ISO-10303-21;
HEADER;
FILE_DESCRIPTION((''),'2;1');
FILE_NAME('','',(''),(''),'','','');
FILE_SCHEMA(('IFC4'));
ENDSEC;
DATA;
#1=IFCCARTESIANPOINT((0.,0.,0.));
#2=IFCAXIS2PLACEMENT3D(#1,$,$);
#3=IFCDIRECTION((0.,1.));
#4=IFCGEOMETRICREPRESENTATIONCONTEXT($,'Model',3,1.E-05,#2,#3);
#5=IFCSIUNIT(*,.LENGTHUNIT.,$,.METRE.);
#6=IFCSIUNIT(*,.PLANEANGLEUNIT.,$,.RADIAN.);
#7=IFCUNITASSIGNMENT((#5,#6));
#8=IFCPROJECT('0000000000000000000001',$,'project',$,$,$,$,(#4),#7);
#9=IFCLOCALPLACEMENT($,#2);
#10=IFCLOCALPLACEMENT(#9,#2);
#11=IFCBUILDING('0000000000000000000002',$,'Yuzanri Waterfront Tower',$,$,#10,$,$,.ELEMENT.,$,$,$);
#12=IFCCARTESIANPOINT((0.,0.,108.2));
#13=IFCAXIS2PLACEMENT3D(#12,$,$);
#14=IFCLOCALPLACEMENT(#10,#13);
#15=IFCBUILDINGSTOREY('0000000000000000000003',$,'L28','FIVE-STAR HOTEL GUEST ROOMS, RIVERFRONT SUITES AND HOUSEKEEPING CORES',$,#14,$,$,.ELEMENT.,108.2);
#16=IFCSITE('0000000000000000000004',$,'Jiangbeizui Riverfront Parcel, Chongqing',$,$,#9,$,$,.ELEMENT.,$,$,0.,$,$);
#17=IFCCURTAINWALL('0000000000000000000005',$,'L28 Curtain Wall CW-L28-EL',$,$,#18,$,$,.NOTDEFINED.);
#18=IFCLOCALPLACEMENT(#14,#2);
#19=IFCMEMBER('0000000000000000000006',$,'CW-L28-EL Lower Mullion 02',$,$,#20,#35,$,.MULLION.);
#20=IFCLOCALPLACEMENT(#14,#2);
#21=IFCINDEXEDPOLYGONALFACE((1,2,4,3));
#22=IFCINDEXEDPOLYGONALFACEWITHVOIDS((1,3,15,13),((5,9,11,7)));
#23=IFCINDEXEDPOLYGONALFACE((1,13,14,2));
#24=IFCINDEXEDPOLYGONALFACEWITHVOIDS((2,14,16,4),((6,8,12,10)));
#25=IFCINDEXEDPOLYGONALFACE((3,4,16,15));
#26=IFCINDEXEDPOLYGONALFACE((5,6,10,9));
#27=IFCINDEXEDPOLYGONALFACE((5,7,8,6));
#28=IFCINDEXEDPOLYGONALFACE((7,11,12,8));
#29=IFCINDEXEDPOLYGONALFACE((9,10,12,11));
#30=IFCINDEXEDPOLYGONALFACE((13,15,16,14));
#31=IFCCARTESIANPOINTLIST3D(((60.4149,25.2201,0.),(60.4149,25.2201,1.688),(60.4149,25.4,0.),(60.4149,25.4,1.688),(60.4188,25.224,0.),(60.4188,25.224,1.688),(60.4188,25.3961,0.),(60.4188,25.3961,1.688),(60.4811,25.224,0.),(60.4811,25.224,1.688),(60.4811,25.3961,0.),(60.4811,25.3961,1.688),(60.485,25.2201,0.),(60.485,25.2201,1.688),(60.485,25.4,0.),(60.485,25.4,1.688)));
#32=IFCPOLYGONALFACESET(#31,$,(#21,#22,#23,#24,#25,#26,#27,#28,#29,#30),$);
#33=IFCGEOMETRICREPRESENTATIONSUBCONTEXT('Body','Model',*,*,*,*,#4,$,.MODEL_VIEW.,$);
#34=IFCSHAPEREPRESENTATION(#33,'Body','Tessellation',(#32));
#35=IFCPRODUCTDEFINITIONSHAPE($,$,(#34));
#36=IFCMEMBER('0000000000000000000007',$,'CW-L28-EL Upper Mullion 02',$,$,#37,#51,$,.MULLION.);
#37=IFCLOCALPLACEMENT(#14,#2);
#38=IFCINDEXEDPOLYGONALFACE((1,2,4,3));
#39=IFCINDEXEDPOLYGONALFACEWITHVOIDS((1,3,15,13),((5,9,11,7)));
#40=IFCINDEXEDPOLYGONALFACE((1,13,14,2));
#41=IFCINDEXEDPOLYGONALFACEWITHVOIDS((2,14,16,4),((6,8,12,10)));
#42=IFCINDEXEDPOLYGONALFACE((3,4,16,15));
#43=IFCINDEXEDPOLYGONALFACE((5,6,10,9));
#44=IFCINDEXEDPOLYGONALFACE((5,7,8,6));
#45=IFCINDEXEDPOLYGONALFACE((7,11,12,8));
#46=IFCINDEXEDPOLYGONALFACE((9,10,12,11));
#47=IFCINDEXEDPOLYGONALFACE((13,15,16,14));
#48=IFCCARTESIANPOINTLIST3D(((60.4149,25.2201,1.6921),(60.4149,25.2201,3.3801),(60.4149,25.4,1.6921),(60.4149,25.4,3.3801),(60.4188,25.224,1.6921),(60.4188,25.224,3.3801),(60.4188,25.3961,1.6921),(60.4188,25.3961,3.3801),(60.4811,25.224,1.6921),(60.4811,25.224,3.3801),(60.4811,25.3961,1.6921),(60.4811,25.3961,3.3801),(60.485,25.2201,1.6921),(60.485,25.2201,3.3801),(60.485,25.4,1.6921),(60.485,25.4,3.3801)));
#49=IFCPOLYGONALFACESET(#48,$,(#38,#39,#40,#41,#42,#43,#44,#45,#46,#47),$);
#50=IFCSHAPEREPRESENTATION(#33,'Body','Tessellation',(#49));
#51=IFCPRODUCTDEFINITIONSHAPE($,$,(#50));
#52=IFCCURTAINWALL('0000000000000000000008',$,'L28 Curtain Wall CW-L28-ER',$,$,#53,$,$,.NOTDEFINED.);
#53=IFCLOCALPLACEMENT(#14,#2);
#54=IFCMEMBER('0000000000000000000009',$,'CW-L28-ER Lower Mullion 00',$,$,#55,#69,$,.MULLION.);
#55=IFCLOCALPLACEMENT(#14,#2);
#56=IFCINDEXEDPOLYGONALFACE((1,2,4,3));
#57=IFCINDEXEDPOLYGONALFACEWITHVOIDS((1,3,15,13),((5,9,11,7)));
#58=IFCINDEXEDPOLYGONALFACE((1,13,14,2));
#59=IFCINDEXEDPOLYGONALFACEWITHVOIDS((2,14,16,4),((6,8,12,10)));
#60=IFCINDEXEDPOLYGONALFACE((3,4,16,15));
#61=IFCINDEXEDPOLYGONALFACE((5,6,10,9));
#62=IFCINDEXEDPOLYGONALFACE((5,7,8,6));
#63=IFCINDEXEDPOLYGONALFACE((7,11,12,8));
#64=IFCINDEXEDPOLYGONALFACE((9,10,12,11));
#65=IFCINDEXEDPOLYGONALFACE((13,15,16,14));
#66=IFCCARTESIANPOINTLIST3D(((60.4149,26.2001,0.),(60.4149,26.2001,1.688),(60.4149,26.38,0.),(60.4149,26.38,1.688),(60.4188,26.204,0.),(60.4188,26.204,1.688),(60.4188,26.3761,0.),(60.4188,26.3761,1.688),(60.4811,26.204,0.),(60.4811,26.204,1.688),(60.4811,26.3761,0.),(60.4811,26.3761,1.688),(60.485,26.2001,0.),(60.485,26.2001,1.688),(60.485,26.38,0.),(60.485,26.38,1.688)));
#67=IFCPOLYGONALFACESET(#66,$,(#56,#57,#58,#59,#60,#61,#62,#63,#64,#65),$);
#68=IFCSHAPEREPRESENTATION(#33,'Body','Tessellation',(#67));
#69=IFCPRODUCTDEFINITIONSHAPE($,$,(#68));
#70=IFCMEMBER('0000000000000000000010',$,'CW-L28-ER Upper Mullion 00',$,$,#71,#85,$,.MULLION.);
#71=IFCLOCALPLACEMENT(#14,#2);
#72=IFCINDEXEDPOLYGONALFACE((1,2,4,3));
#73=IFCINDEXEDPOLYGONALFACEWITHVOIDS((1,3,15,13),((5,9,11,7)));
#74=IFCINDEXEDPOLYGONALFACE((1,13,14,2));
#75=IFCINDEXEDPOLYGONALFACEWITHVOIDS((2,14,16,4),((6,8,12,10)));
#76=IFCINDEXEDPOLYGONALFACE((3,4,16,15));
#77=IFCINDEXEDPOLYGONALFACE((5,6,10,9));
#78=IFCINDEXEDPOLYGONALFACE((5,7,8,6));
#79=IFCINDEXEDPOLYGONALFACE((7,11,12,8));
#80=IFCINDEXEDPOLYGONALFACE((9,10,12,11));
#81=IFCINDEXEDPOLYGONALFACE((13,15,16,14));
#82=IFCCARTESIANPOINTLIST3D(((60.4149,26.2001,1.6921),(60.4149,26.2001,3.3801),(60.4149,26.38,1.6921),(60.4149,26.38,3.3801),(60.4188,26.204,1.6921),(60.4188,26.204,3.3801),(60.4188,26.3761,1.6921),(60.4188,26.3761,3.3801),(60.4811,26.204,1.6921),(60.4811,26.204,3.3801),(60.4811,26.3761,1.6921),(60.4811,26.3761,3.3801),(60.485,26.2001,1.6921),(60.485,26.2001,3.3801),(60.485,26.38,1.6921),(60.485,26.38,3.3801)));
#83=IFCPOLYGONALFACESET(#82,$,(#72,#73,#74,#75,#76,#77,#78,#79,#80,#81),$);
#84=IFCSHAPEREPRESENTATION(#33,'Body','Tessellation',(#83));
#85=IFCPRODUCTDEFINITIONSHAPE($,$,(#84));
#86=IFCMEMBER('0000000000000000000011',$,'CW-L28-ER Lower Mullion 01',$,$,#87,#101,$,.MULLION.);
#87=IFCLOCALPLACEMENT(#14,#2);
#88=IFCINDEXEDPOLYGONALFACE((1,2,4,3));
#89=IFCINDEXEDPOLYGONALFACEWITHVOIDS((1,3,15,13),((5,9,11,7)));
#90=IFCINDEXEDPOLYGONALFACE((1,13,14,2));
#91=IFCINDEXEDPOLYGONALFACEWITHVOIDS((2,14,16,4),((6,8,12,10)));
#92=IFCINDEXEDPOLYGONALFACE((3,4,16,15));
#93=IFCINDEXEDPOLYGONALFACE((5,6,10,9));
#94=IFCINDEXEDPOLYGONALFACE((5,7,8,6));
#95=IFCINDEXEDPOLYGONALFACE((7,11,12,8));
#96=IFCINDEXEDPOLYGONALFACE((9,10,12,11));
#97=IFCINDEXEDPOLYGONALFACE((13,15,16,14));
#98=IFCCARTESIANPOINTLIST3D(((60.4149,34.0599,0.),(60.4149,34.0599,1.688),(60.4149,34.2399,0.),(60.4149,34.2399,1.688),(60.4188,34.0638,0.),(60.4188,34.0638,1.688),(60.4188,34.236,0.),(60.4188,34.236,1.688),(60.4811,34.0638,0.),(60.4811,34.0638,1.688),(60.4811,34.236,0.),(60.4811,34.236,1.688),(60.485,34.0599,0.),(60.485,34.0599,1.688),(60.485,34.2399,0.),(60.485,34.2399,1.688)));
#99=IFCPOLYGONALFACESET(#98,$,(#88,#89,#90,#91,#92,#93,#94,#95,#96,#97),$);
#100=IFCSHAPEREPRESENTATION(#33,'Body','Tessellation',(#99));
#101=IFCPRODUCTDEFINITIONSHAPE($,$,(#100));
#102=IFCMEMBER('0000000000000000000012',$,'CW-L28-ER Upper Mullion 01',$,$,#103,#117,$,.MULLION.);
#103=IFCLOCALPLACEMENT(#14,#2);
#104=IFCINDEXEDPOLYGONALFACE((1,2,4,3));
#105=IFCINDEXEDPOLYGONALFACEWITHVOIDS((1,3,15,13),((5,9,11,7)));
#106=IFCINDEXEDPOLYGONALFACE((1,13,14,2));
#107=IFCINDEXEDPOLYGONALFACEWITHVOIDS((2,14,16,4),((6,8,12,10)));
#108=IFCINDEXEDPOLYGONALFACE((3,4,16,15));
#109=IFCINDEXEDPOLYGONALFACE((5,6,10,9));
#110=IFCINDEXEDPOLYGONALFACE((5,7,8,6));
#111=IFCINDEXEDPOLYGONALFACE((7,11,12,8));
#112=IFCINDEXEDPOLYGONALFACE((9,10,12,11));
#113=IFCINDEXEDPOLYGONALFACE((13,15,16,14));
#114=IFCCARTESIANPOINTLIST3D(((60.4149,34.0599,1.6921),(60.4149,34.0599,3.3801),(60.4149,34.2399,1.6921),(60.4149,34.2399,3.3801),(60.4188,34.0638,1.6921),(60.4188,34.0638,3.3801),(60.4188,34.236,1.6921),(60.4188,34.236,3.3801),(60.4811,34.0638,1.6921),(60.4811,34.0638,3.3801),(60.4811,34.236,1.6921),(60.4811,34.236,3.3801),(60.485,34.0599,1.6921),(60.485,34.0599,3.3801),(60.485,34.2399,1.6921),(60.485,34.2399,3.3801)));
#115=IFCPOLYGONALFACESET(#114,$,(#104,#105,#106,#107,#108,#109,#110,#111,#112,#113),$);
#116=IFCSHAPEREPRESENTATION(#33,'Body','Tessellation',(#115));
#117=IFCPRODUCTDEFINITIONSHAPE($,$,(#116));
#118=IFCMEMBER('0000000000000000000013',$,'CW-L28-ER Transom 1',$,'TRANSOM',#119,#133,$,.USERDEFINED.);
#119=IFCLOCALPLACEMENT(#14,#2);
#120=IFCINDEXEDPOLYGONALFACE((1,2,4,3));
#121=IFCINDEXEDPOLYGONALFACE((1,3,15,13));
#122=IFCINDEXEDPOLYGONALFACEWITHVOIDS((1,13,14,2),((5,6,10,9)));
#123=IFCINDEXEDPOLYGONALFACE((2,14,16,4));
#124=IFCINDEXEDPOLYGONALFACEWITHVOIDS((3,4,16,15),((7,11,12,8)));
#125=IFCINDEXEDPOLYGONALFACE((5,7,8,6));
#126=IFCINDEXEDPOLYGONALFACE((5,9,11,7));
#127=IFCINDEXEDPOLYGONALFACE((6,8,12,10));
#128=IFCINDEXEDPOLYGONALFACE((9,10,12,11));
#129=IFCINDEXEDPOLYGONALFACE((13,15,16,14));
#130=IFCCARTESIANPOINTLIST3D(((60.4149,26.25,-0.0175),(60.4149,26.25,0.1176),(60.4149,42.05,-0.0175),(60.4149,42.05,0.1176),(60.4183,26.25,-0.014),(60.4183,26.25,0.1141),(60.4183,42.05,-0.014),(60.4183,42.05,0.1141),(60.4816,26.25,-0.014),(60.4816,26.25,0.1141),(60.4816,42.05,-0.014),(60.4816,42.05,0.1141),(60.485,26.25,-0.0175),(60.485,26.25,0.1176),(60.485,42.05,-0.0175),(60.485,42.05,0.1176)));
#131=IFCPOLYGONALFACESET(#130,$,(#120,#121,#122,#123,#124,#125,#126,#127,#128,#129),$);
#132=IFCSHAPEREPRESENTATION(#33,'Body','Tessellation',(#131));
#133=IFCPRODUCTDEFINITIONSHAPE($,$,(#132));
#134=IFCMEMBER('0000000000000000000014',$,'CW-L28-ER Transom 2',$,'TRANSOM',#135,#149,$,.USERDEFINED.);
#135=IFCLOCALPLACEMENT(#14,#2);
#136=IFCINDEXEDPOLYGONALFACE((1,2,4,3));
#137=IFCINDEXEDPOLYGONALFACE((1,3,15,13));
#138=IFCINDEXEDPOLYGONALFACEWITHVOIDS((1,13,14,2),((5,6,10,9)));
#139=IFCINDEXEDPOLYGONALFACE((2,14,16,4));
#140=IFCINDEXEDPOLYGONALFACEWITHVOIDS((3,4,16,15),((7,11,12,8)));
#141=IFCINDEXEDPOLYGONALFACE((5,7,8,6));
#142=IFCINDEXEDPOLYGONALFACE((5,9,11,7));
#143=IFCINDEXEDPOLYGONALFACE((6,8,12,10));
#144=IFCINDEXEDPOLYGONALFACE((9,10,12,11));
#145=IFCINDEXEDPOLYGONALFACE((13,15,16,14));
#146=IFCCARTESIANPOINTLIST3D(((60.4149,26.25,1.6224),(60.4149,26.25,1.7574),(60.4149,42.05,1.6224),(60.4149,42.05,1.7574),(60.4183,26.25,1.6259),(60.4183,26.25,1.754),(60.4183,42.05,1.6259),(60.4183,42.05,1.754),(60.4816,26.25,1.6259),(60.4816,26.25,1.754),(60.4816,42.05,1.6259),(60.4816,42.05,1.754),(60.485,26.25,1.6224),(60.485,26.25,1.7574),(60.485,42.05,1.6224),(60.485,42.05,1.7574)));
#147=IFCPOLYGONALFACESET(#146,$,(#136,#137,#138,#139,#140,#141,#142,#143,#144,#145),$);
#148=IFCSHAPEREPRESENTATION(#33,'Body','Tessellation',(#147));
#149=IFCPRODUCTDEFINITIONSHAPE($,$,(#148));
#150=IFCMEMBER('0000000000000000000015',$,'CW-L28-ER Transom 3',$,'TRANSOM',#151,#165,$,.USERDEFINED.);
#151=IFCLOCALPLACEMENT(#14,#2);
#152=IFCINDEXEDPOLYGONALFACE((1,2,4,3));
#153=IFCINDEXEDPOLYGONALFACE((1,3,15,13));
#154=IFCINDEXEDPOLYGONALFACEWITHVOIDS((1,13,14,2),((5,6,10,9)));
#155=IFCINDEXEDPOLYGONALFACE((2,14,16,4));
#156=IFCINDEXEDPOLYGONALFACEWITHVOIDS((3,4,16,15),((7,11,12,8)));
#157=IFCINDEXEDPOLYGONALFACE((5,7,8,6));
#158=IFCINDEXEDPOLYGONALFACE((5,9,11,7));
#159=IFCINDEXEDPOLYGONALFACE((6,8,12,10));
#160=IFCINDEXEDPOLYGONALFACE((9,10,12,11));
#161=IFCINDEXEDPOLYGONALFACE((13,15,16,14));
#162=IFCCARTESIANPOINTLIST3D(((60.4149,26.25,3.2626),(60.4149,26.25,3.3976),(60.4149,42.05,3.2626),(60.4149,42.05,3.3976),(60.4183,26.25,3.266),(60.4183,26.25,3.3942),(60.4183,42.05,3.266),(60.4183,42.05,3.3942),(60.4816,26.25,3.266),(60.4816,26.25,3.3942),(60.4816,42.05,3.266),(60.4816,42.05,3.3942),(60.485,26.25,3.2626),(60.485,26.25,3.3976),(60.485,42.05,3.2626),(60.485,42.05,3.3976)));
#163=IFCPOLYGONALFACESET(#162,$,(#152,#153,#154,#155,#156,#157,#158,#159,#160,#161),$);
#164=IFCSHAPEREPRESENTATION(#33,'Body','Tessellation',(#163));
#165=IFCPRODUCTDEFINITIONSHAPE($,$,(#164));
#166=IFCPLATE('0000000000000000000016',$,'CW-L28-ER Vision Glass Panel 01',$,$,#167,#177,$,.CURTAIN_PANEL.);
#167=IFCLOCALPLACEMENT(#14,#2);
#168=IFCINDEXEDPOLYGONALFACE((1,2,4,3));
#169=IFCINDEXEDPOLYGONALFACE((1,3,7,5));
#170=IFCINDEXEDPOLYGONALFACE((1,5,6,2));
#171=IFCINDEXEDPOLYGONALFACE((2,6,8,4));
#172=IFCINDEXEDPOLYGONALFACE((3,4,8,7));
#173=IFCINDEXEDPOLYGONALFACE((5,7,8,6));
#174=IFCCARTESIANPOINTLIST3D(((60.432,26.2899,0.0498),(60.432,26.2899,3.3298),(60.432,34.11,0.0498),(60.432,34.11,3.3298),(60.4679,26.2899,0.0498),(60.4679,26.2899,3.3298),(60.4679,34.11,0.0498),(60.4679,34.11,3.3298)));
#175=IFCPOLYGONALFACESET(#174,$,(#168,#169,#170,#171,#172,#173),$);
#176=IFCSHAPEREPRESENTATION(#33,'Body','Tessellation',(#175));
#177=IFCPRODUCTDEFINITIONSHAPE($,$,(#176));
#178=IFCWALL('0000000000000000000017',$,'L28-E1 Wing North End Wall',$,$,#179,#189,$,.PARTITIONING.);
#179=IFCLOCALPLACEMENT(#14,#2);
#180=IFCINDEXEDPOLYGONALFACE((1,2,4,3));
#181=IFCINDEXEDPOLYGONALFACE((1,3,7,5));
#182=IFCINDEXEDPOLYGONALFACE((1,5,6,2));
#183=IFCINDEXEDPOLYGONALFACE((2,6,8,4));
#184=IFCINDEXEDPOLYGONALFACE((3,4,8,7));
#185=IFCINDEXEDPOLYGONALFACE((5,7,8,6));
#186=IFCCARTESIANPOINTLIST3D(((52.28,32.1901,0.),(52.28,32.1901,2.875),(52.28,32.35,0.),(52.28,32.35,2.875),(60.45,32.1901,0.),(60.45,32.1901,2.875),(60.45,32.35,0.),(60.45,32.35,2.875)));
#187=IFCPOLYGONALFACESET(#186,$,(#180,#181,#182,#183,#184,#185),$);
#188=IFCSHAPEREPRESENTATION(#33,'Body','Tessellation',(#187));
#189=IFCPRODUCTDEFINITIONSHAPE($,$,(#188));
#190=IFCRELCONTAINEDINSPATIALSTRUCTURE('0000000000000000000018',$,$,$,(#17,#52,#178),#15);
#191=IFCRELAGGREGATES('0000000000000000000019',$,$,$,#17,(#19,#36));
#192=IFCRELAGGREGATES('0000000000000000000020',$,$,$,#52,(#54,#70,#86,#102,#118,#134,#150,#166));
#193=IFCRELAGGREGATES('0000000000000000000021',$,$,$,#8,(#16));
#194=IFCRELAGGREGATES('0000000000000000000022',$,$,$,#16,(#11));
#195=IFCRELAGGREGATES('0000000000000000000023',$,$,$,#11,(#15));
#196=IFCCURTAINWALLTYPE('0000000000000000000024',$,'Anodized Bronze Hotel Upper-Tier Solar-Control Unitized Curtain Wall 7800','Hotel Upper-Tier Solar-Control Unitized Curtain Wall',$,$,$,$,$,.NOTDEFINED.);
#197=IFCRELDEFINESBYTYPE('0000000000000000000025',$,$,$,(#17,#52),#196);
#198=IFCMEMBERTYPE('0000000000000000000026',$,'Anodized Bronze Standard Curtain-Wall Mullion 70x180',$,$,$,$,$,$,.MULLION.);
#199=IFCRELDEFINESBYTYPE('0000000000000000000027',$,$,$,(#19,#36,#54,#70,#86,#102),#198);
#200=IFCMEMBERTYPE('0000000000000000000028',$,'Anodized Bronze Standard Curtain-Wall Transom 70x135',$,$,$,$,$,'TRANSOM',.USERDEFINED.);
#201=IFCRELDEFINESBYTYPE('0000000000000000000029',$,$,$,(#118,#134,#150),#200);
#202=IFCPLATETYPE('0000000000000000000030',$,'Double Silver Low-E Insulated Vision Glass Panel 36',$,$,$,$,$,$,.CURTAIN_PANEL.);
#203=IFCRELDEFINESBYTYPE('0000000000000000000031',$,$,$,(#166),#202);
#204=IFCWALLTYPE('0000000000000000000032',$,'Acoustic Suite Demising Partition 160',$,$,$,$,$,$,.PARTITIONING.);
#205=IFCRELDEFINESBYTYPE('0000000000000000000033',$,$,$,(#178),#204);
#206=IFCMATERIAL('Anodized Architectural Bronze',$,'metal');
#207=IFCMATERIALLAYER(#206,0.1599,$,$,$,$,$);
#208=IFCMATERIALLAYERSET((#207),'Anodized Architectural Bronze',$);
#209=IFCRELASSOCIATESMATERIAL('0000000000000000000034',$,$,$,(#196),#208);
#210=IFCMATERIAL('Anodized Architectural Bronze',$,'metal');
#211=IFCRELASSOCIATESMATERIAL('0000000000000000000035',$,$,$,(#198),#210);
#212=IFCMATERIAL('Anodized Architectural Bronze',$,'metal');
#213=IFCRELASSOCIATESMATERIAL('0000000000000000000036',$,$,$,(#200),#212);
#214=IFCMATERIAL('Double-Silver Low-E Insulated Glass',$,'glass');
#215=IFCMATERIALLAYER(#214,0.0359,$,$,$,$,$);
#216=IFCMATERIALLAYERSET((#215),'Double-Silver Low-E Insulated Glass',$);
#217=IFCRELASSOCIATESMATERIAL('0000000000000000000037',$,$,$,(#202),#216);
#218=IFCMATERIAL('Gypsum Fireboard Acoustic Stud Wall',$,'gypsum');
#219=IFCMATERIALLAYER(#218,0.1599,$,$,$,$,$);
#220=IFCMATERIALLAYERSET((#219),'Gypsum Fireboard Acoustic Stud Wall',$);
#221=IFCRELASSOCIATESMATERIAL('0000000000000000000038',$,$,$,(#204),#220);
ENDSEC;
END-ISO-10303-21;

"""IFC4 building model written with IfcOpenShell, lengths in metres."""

from ifc_helpers import new_model, si_unit, direction, frame, frame_2d, origin, origin_2d, place, context, subcontext, project, spatial, rectangle, hollow_rectangle, extrude, source, transform, mapped, material, layer, layer_set, material_profile, profile_set, type_object, element, aggregate, save


model = new_model("IFC4")

# Units and contexts
model_context = context("Model", 3, precision=1e-05, world=origin(), true_north=direction((0.0, 1.0)))
body_context = subcontext(model_context, "Body", "Model", "MODEL_VIEW")
ifc_project = project(units=[si_unit("LENGTHUNIT", "METRE"), si_unit("PLANEANGLEUNIT", "RADIAN")], contexts=[model_context])

# Site, building, storey
site_placement = place(None, origin())
site = spatial("IfcSite", under=ifc_project, at=site_placement, Name="Jiangbeizui Riverfront Parcel, Chongqing", CompositionType="ELEMENT", RefElevation=0.0)
building_placement = place(site_placement, origin())
building = spatial("IfcBuilding", under=site, at=building_placement, Name="Yuzanri Waterfront Tower", CompositionType="ELEMENT")
storey_placement = place(building_placement, frame((0.0, 0.0, 108.2)))
storey = spatial("IfcBuildingStorey", under=building, at=storey_placement, Name="L28", Description="FIVE-STAR HOTEL GUEST ROOMS, RIVERFRONT SUITES AND HOUSEKEEPING CORES", CompositionType="ELEMENT", Elevation=108.2)

# Curtain wall, members
ifc_material_1 = material(Name="Anodized Architectural Bronze", Category="metal")
ifc_layer_1 = layer(ifc_material_1, 0.1599)
ifc_layer_set_1 = layer_set([ifc_layer_1], Name="Anodized Architectural Bronze")
curtain_wall_type = type_object("IfcCurtainWallType", Name="Anodized Bronze Hotel Upper-Tier Solar-Control Unitized Curtain Wall 7800", Description="Hotel Upper-Tier Solar-Control Unitized Curtain Wall", PredefinedType="NOTDEFINED", material=ifc_layer_set_1)
curtain_wall_1_placement = place(storey_placement, origin())
curtain_wall_1 = element("IfcCurtainWall", 1, at=curtain_wall_1_placement, inside=storey, type_object=curtain_wall_type, Name="L28 Curtain Wall CW-L28-EL", PredefinedType="NOTDEFINED")
ifc_material_2 = material(Name="Anodized Architectural Bronze", Category="metal")
ifc_material_profile_1 = material_profile(ifc_material_2, hollow_rectangle(XDim=0.0701, YDim=0.1799, WallThickness=0.0039, at=origin_2d()), Name="CWM 70x180")
ifc_profile_set_1 = profile_set([ifc_material_profile_1], Name="Anodized Architectural Bronze")
member_type_1 = type_object("IfcMemberType", Name="Anodized Bronze Standard Curtain-Wall Mullion 70x180", PredefinedType="MULLION", material=ifc_profile_set_1)
shared_shape_1 = source(origin(), body_context, "Body", "SweptSolid", [
    extrude(hollow_rectangle(XDim=0.0701, YDim=0.1799, WallThickness=0.0039, at=origin_2d()), origin(), (0.0, 0.0, 1.0), 1.688),
])
member_1_placement = place(storey_placement, frame((60.45, 25.3101, 0.0), z_axis=(0.0, 0.0, 1.0), x_axis=(1.0, 0.0, 0.0)))
member_1 = element("IfcMember", 2, at=member_1_placement, type_object=member_type_1, Name="CW-L28-EL Lower Mullion 02", PredefinedType="MULLION", context=body_context, shape_type="MappedRepresentation", body=[
    mapped(shared_shape_1, transform((0.0, 0.0, 0.0), scale=1.0)),
])
member_2_placement = place(storey_placement, frame((60.45, 25.3101, 1.6921), z_axis=(0.0, 0.0, 1.0), x_axis=(1.0, 0.0, 0.0)))
member_2 = element("IfcMember", 3, at=member_2_placement, type_object=member_type_1, Name="CW-L28-EL Upper Mullion 02", PredefinedType="MULLION", context=body_context, shape_type="MappedRepresentation", body=[
    mapped(shared_shape_1, transform((0.0, 0.0, 0.0), scale=1.0)),
])
aggregate(curtain_wall_1, [member_1, member_2])

# Curtain wall, members, plate
curtain_wall_2_placement = place(storey_placement, origin())
curtain_wall_2 = element("IfcCurtainWall", 4, at=curtain_wall_2_placement, inside=storey, type_object=curtain_wall_type, Name="L28 Curtain Wall CW-L28-ER", PredefinedType="NOTDEFINED")
member_3_placement = place(storey_placement, frame((60.45, 26.29, 0.0), z_axis=(0.0, 0.0, 1.0), x_axis=(1.0, 0.0, 0.0)))
member_3 = element("IfcMember", 5, at=member_3_placement, type_object=member_type_1, Name="CW-L28-ER Lower Mullion 00", PredefinedType="MULLION", context=body_context, shape_type="MappedRepresentation", body=[
    mapped(shared_shape_1, transform((0.0, 0.0, 0.0), scale=1.0)),
])
member_4_placement = place(storey_placement, frame((60.45, 26.29, 1.6921), z_axis=(0.0, 0.0, 1.0), x_axis=(1.0, 0.0, 0.0)))
member_4 = element("IfcMember", 6, at=member_4_placement, type_object=member_type_1, Name="CW-L28-ER Upper Mullion 00", PredefinedType="MULLION", context=body_context, shape_type="MappedRepresentation", body=[
    mapped(shared_shape_1, transform((0.0, 0.0, 0.0), scale=1.0)),
])
member_5_placement = place(storey_placement, frame((60.45, 34.1499, 0.0), z_axis=(0.0, 0.0, 1.0), x_axis=(1.0, 0.0, 0.0)))
member_5 = element("IfcMember", 7, at=member_5_placement, type_object=member_type_1, Name="CW-L28-ER Lower Mullion 01", PredefinedType="MULLION", context=body_context, shape_type="MappedRepresentation", body=[
    mapped(shared_shape_1, transform((0.0, 0.0, 0.0), scale=1.0)),
])
member_6_placement = place(storey_placement, frame((60.45, 34.1499, 1.6921), z_axis=(0.0, 0.0, 1.0), x_axis=(1.0, 0.0, 0.0)))
member_6 = element("IfcMember", 8, at=member_6_placement, type_object=member_type_1, Name="CW-L28-ER Upper Mullion 01", PredefinedType="MULLION", context=body_context, shape_type="MappedRepresentation", body=[
    mapped(shared_shape_1, transform((0.0, 0.0, 0.0), scale=1.0)),
])
ifc_material_3 = material(Name="Anodized Architectural Bronze", Category="metal")
ifc_material_profile_2 = material_profile(ifc_material_3, hollow_rectangle(XDim=0.0701, YDim=0.135, WallThickness=0.0034, at=origin_2d()), Name="CWT 70x135")
ifc_profile_set_2 = profile_set([ifc_material_profile_2], Name="Anodized Architectural Bronze")
member_type_2 = type_object("IfcMemberType", Name="Anodized Bronze Standard Curtain-Wall Transom 70x135", ElementType="TRANSOM", PredefinedType="USERDEFINED", material=ifc_profile_set_2)
shared_shape_2 = source(origin(), body_context, "Body", "SweptSolid", [
    extrude(hollow_rectangle(XDim=0.0701, YDim=0.135, WallThickness=0.0034, at=origin_2d()), origin(), (0.0, 0.0, 1.0), 15.8),
])
member_7_placement = place(storey_placement, frame((60.45, 26.25, 0.05), z_axis=(0.0, 1.0, 0.0), x_axis=(-1.0, 0.0, 0.0)))
member_7 = element("IfcMember", 9, at=member_7_placement, type_object=member_type_2, Name="CW-L28-ER Transom 1", ObjectType="TRANSOM", PredefinedType="USERDEFINED", context=body_context, shape_type="MappedRepresentation", body=[
    mapped(shared_shape_2, transform((0.0, 0.0, 0.0), scale=1.0)),
])
member_8_placement = place(storey_placement, frame((60.45, 26.25, 1.6899), z_axis=(0.0, 1.0, 0.0), x_axis=(-1.0, 0.0, 0.0)))
member_8 = element("IfcMember", 10, at=member_8_placement, type_object=member_type_2, Name="CW-L28-ER Transom 2", ObjectType="TRANSOM", PredefinedType="USERDEFINED", context=body_context, shape_type="MappedRepresentation", body=[
    mapped(shared_shape_2, transform((0.0, 0.0, 0.0), scale=1.0)),
])
member_9_placement = place(storey_placement, frame((60.45, 26.25, 3.3301), z_axis=(0.0, 1.0, 0.0), x_axis=(-1.0, 0.0, 0.0)))
member_9 = element("IfcMember", 11, at=member_9_placement, type_object=member_type_2, Name="CW-L28-ER Transom 3", ObjectType="TRANSOM", PredefinedType="USERDEFINED", context=body_context, shape_type="MappedRepresentation", body=[
    mapped(shared_shape_2, transform((0.0, 0.0, 0.0), scale=1.0)),
])
ifc_material_4 = material(Name="Double-Silver Low-E Insulated Glass", Category="glass")
ifc_layer_2 = layer(ifc_material_4, 0.0359)
ifc_layer_set_2 = layer_set([ifc_layer_2], Name="Double-Silver Low-E Insulated Glass")
plate_type = type_object("IfcPlateType", Name="Double Silver Low-E Insulated Vision Glass Panel 36", PredefinedType="CURTAIN_PANEL", material=ifc_layer_set_2)
shared_shape_3 = source(origin(), body_context, "Body", "SweptSolid", [
    extrude(rectangle(XDim=7.8201, YDim=0.0359, at=origin_2d()), origin(), (0.0, 0.0, 1.0), 3.28),
])
plate_placement = place(storey_placement, frame((60.45, 30.2, 0.0498), z_axis=(0.0, 0.0, 1.0), x_axis=(0.0, 1.0, 0.0)))
plate = element("IfcPlate", 12, at=plate_placement, type_object=plate_type, Name="CW-L28-ER Vision Glass Panel 01", PredefinedType="CURTAIN_PANEL", context=body_context, shape_type="MappedRepresentation", body=[
    mapped(shared_shape_3, transform((0.0, 0.0, 0.0), scale=1.0)),
])
aggregate(curtain_wall_2, [member_3, member_4, member_5, member_6, member_7, member_8, member_9, plate])

# Wall
ifc_material_5 = material(Name="Gypsum Fireboard Acoustic Stud Wall", Category="gypsum")
ifc_layer_3 = layer(ifc_material_5, 0.1599)
ifc_layer_set_3 = layer_set([ifc_layer_3], Name="Gypsum Fireboard Acoustic Stud Wall")
wall_type = type_object("IfcWallType", Name="Acoustic Suite Demising Partition 160", PredefinedType="PARTITIONING", material=ifc_layer_set_3)
shared_shape_4 = source(origin(), body_context, "Body", "SweptSolid", [
    extrude(rectangle(XDim=8.1699, YDim=0.1599, at=frame_2d((4.085, 0.0))), origin(), (0.0, 0.0, 1.0), 2.875),
])
wall_placement = place(storey_placement, frame((52.28, 32.27, 0.0), z_axis=(0.0, 0.0, 1.0), x_axis=(1.0, 0.0, 0.0)))
element("IfcWall", 13, at=wall_placement, inside=storey, type_object=wall_type, Name="L28-E1 Wing North End Wall", PredefinedType="PARTITIONING", context=body_context, shape_type="MappedRepresentation", body=[
    mapped(shared_shape_4, transform((0.0, 0.0, 0.0), scale=1.0)),
])

save(model, "model.ifc")
